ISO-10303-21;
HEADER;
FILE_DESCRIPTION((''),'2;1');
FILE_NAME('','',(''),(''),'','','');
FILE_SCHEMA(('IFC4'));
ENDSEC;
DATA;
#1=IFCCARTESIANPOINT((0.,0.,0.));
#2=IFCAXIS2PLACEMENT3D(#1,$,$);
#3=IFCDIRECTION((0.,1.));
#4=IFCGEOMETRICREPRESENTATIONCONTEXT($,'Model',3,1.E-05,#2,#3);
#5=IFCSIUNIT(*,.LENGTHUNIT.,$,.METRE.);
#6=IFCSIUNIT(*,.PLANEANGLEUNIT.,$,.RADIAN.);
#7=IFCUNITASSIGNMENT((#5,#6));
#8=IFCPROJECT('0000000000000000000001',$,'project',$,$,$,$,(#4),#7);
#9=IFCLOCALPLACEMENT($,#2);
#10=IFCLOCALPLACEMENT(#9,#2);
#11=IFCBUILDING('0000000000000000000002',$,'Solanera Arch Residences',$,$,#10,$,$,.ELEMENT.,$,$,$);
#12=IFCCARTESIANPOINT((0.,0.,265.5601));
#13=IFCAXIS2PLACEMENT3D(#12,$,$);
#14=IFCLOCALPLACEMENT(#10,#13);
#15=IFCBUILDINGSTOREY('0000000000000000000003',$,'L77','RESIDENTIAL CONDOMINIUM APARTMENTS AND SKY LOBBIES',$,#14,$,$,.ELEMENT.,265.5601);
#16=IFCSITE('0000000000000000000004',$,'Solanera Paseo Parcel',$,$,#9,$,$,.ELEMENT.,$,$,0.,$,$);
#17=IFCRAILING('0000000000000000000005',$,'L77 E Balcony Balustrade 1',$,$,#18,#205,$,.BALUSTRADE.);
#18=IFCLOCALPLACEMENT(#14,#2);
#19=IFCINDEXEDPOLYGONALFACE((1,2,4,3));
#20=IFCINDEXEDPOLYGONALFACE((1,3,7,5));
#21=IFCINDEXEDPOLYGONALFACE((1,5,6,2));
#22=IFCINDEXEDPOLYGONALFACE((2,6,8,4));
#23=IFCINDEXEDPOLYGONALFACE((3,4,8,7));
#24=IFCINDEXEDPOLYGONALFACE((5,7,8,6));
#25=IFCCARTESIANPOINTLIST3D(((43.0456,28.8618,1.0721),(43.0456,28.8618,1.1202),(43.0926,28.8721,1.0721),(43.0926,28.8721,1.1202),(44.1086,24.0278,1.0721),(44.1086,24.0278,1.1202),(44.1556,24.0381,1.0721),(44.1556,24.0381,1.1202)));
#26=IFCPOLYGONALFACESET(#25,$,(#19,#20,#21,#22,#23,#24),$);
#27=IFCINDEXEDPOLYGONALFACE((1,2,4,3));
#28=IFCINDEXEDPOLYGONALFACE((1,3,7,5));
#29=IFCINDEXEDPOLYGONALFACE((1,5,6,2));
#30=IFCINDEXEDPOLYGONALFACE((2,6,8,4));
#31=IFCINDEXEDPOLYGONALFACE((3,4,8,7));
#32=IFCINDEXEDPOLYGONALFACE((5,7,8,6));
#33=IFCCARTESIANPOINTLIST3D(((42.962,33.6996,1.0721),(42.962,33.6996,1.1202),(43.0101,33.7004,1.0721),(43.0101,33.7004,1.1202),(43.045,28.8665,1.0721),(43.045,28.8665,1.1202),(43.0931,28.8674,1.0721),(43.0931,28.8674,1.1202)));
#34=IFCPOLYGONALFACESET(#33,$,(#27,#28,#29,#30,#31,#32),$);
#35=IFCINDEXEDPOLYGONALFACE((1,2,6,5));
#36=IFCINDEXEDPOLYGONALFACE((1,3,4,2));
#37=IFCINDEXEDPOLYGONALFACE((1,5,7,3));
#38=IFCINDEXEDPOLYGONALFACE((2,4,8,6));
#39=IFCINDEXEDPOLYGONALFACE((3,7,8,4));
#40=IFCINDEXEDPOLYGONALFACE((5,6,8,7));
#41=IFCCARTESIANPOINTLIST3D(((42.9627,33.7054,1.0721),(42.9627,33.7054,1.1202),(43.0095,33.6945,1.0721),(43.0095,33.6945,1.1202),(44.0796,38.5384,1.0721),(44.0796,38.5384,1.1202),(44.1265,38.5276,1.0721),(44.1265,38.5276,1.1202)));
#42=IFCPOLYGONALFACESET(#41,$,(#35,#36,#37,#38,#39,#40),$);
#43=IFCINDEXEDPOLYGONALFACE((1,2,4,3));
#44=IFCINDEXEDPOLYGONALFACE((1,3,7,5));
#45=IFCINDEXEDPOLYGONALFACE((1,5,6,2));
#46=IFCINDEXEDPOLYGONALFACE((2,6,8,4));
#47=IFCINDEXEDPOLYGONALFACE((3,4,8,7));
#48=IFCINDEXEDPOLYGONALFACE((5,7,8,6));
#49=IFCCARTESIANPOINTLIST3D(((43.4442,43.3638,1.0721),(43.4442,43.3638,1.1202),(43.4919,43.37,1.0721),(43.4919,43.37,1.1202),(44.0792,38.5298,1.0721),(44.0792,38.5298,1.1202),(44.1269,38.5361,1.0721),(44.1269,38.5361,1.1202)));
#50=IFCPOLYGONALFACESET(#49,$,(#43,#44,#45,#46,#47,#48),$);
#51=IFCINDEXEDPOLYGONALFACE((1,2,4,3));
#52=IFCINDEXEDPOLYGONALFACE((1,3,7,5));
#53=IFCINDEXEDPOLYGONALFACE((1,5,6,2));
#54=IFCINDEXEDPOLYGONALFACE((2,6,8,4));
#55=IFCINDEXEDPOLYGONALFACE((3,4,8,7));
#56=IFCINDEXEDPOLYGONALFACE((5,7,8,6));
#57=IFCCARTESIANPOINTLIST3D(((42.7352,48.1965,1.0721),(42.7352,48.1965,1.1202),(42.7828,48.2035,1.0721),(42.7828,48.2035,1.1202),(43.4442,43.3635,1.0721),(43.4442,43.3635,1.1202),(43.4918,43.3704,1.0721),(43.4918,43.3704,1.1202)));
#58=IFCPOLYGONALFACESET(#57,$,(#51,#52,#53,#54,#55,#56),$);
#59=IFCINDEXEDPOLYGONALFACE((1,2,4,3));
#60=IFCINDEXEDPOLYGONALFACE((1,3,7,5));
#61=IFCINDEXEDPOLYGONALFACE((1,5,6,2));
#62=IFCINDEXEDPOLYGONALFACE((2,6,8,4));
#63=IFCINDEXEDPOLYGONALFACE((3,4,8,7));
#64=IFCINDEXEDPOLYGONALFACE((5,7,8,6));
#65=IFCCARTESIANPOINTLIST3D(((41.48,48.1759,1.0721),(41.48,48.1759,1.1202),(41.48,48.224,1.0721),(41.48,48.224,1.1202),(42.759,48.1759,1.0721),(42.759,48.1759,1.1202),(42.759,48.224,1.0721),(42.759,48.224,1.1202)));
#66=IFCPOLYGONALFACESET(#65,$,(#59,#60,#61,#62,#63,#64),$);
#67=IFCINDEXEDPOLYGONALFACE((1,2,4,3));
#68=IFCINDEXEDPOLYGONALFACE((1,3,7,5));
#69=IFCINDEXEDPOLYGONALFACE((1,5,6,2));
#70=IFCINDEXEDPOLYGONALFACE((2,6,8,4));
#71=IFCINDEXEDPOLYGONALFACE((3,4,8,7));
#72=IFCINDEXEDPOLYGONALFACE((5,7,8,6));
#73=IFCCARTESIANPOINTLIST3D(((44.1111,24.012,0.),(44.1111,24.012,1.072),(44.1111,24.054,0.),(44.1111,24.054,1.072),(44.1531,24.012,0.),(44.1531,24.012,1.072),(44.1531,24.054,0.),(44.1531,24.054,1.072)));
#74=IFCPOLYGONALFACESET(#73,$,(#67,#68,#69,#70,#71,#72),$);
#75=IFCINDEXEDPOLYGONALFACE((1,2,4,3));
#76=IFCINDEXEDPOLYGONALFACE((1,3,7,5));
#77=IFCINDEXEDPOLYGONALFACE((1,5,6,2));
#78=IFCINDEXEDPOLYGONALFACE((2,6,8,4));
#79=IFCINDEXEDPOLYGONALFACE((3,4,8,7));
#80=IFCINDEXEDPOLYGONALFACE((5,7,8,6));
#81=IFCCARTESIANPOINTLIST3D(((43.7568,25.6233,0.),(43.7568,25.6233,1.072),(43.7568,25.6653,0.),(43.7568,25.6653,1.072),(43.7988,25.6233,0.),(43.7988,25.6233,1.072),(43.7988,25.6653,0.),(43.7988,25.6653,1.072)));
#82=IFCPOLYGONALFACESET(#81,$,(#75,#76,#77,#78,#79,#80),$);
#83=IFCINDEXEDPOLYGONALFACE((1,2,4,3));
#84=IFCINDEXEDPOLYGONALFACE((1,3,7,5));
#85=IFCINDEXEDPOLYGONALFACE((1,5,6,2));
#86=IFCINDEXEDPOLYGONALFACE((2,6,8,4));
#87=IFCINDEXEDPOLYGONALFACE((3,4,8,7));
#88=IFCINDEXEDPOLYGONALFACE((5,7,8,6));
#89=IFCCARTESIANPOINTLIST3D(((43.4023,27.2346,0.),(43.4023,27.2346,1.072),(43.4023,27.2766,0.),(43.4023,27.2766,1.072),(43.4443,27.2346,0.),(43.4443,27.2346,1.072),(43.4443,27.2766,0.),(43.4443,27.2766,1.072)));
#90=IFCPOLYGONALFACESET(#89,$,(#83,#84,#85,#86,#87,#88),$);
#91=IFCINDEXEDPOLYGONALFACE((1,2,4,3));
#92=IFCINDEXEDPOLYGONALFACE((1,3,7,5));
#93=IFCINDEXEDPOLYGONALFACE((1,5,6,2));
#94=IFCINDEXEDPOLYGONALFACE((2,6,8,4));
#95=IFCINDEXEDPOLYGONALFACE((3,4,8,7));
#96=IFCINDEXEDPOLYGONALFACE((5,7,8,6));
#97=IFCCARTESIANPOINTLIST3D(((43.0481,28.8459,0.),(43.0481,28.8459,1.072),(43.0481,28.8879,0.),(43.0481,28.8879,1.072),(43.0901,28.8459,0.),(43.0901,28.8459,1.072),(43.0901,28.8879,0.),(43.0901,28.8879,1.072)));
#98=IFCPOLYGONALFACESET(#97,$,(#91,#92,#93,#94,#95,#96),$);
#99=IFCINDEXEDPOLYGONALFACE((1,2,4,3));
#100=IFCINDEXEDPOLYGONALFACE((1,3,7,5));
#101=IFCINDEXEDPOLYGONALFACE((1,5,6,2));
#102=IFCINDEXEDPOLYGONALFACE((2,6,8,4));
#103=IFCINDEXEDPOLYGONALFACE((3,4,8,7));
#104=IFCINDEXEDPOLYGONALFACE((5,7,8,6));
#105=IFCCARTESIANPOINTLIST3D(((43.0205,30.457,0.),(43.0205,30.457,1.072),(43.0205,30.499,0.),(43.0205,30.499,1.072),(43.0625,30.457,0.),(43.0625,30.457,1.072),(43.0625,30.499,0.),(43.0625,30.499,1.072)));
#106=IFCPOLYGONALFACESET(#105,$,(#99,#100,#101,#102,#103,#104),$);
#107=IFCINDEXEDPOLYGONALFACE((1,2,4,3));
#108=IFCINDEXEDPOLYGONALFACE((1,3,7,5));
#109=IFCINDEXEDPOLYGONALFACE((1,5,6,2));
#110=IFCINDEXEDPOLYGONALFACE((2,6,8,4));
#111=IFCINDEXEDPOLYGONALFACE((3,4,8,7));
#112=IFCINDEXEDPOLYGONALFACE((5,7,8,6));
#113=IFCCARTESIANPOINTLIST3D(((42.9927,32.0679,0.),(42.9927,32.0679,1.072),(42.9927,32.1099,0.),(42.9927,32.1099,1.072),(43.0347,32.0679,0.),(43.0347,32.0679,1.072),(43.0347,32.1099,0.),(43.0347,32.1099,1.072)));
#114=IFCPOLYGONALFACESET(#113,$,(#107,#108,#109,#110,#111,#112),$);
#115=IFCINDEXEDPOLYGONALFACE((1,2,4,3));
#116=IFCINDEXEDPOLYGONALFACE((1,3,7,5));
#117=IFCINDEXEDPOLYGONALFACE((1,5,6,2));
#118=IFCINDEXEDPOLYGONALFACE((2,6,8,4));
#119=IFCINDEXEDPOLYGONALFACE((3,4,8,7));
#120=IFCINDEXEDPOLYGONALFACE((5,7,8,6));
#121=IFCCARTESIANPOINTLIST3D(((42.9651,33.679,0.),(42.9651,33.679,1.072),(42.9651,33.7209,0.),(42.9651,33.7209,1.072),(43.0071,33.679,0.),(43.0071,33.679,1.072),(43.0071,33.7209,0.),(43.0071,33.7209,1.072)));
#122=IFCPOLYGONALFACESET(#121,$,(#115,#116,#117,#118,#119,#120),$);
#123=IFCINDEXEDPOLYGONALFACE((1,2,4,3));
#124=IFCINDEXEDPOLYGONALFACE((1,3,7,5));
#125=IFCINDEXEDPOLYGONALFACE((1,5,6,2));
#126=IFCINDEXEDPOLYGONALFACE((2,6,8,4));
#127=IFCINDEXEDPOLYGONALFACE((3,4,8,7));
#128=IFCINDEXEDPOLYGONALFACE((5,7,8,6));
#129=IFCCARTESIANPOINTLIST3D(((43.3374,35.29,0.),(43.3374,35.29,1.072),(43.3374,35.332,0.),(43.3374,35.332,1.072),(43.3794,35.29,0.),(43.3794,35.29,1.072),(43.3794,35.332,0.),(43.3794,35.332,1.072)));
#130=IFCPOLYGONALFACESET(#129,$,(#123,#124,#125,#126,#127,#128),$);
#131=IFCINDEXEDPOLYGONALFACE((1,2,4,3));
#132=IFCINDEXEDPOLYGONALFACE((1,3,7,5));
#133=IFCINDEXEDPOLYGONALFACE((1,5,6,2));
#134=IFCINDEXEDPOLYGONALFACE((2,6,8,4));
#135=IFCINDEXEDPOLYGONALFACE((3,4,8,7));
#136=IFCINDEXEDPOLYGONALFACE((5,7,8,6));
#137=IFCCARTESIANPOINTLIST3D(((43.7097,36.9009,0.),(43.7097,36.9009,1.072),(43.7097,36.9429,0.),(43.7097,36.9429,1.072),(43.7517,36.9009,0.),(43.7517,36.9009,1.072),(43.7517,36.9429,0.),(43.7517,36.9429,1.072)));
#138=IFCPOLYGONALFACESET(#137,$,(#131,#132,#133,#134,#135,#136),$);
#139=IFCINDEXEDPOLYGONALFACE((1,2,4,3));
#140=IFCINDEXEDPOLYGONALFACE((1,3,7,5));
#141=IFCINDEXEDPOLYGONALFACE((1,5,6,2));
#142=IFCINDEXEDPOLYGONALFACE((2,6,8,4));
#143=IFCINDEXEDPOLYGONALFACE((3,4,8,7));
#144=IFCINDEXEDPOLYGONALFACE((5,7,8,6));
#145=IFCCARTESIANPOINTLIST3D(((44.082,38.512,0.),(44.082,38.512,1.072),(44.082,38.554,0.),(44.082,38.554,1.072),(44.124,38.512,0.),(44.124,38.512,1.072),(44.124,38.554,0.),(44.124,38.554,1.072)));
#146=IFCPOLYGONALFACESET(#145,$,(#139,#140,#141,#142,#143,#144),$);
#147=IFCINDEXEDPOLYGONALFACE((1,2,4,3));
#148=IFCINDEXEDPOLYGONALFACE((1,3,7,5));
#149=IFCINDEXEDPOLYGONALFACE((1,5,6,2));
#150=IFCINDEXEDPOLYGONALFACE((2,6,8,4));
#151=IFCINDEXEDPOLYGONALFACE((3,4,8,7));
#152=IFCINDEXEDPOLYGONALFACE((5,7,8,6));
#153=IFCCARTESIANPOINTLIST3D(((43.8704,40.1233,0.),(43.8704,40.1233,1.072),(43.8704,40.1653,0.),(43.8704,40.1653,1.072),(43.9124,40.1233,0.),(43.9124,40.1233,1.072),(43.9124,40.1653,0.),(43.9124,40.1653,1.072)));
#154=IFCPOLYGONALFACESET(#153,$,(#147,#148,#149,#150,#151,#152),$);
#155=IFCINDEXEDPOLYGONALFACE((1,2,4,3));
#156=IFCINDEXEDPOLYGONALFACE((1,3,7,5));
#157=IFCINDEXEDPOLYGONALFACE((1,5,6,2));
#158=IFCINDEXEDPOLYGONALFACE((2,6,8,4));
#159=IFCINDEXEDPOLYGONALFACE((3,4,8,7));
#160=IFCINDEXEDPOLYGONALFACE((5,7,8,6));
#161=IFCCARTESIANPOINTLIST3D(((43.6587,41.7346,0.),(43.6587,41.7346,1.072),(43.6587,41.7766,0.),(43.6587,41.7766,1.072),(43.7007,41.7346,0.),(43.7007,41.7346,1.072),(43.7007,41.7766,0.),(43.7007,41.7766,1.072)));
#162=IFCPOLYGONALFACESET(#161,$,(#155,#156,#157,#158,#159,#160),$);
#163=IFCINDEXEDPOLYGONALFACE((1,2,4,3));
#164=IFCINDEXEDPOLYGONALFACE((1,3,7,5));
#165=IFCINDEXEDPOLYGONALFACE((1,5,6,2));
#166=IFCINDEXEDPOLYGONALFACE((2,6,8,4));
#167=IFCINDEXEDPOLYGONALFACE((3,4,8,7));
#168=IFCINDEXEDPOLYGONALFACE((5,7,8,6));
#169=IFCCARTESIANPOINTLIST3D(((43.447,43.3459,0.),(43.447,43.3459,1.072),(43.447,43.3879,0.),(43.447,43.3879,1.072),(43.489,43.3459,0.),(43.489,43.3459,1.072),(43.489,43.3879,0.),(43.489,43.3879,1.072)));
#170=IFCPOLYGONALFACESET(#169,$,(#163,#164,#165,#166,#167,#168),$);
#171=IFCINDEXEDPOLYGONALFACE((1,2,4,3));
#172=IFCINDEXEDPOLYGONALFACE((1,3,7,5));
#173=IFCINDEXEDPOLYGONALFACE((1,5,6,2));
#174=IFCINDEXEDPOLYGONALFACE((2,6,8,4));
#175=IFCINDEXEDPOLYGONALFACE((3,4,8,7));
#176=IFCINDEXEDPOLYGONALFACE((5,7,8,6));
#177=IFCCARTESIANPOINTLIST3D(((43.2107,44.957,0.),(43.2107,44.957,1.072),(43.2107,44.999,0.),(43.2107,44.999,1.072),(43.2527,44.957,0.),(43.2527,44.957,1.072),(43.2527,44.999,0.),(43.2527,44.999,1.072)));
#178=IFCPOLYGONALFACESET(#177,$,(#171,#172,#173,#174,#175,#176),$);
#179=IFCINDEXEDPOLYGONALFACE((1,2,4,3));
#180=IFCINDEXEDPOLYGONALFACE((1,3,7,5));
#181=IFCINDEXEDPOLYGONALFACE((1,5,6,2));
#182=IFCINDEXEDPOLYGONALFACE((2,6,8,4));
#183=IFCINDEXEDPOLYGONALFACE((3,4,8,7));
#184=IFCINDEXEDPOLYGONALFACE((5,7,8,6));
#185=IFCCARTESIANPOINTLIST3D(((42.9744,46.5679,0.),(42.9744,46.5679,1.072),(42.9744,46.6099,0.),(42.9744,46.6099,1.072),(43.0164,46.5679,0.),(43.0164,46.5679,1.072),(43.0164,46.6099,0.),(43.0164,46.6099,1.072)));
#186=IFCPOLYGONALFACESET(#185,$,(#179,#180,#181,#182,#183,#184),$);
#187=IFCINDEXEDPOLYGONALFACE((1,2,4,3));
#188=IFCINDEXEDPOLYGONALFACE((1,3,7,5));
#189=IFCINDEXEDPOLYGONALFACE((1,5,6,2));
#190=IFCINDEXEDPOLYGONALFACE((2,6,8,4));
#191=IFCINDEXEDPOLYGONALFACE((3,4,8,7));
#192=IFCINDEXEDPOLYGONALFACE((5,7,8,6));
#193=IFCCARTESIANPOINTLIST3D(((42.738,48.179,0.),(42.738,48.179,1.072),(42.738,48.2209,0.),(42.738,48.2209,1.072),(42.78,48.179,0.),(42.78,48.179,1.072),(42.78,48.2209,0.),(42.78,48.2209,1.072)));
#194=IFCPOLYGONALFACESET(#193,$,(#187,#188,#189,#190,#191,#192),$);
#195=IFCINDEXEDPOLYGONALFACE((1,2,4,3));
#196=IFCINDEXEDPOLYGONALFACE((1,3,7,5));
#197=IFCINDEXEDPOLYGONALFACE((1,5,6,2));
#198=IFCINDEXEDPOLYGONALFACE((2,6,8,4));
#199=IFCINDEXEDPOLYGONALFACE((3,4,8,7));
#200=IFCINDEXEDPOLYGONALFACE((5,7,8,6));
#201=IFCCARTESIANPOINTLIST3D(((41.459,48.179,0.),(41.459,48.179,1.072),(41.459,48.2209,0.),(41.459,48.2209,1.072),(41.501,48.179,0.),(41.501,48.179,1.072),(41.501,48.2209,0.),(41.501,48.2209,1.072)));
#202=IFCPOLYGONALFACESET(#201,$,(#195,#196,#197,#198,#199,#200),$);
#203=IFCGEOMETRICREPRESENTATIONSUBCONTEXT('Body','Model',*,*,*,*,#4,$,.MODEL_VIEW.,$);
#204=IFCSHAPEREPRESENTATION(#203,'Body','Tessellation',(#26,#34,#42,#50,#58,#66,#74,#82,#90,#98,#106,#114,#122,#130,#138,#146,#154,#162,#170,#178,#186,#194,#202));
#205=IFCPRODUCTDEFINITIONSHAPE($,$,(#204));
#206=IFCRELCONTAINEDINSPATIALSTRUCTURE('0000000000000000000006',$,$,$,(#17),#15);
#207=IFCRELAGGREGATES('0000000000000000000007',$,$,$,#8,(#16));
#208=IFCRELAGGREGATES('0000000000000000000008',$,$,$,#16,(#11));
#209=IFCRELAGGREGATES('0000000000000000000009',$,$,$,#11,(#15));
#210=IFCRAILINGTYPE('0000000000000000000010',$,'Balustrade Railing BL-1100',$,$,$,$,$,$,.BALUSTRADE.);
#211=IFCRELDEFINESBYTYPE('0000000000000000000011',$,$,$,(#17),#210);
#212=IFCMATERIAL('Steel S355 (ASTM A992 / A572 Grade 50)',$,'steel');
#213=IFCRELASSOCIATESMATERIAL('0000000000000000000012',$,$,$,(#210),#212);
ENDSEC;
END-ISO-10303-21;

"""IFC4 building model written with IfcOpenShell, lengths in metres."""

from ifc_helpers import new_model, si_unit, direction, frame, origin, origin_2d, place, context, subcontext, project, spatial, rectangle, extrude, material, type_object, element, save


model = new_model("IFC4")

# Units and contexts
model_context = context("Model", 3, precision=1e-05, world=origin(), true_north=direction((0.0, 1.0)))
body_context = subcontext(model_context, "Body", "Model", "MODEL_VIEW")
ifc_project = project(units=[si_unit("LENGTHUNIT", "METRE"), si_unit("PLANEANGLEUNIT", "RADIAN")], contexts=[model_context])

# Site, building, storey
site_placement = place(None, origin())
site = spatial("IfcSite", under=ifc_project, at=site_placement, Name="Solanera Paseo Parcel", CompositionType="ELEMENT", RefElevation=0.0)
building_placement = place(site_placement, origin())
building = spatial("IfcBuilding", under=site, at=building_placement, Name="Solanera Arch Residences", CompositionType="ELEMENT")
storey_placement = place(building_placement, frame((0.0, 0.0, 265.5601)))
storey = spatial("IfcBuildingStorey", under=building, at=storey_placement, Name="L77", Description="RESIDENTIAL CONDOMINIUM APARTMENTS AND SKY LOBBIES", CompositionType="ELEMENT", Elevation=265.5601)

# Railing
ifc_material_1 = material(Name="Steel S355 (ASTM A992 / A572 Grade 50)", Category="steel")
railing_type = type_object("IfcRailingType", Name="Balustrade Railing BL-1100", PredefinedType="BALUSTRADE", material=ifc_material_1)
railing_1_placement = place(storey_placement, frame((44.1321, 24.033, 0.0)))
element("IfcRailing", 1, at=railing_1_placement, inside=storey, type_object=railing_type, Name="L77 E Balcony Balustrade 1", PredefinedType="BALUSTRADE", context=body_context, shape_type="SweptSolid", body=[
    extrude(rectangle(XDim=0.0481, YDim=0.0481, at=origin_2d()), frame((0.0, 0.0, 1.0962), z_axis=(-0.214768, 0.976665, 0.0), x_axis=(-0.976665, -0.214768, 0.0)), (0.0, 0.0, 1.0), 4.9495),
    extrude(rectangle(XDim=0.0481, YDim=0.0481, at=origin_2d()), frame((-1.063, 4.834, 1.0962), z_axis=(-0.017173, 0.999853, 0.0), x_axis=(-0.999853, -0.017173, 0.0)), (0.0, 0.0, 1.0), 4.8337),
    extrude(rectangle(XDim=0.0481, YDim=0.0481, at=origin_2d()), frame((-1.146, 9.667, 1.0962), z_axis=(0.225172, 0.974319, 0.0), x_axis=(-0.974319, 0.225172, 0.0)), (0.0, 0.0, 1.0), 4.9604),
    extrude(rectangle(XDim=0.0481, YDim=0.0481, at=origin_2d()), frame((-0.0291, 14.5, 1.0962), z_axis=(-0.130245, 0.991482, 0.0), x_axis=(-0.991482, -0.130245, 0.0)), (0.0, 0.0, 1.0), 4.8755),
    extrude(rectangle(XDim=0.0481, YDim=0.0481, at=origin_2d()), frame((-0.6641, 19.334, 1.0962), z_axis=(-0.145143, 0.989411, 0.0), x_axis=(-0.989411, -0.145143, 0.0)), (0.0, 0.0, 1.0), 4.8848),
    extrude(rectangle(XDim=0.0481, YDim=0.0481, at=origin_2d()), frame((-1.373, 24.167, 1.0962), z_axis=(-1.0, 0.0, 0.0), x_axis=(0.0, -1.0, 0.0)), (0.0, 0.0, 1.0), 1.2791),
    extrude(rectangle(XDim=0.042, YDim=0.042, at=origin_2d()), origin(), (0.0, 0.0, 1.0), 1.072),
    extrude(rectangle(XDim=0.042, YDim=0.042, at=origin_2d()), frame((-0.3542, 1.6113, 0.0)), (0.0, 0.0, 1.0), 1.072),
    extrude(rectangle(XDim=0.042, YDim=0.042, at=origin_2d()), frame((-0.7087, 3.2227, 0.0)), (0.0, 0.0, 1.0), 1.072),
    extrude(rectangle(XDim=0.042, YDim=0.042, at=origin_2d()), frame((-1.063, 4.834, 0.0)), (0.0, 0.0, 1.0), 1.072),
    extrude(rectangle(XDim=0.042, YDim=0.042, at=origin_2d()), frame((-1.0906, 6.4451, 0.0)), (0.0, 0.0, 1.0), 1.072),
    extrude(rectangle(XDim=0.042, YDim=0.042, at=origin_2d()), frame((-1.1184, 8.0559, 0.0)), (0.0, 0.0, 1.0), 1.072),
    extrude(rectangle(XDim=0.042, YDim=0.042, at=origin_2d()), frame((-1.146, 9.667, 0.0)), (0.0, 0.0, 1.0), 1.072),
    extrude(rectangle(XDim=0.042, YDim=0.042, at=origin_2d()), frame((-0.7737, 11.2781, 0.0)), (0.0, 0.0, 1.0), 1.072),
    extrude(rectangle(XDim=0.042, YDim=0.042, at=origin_2d()), frame((-0.4014, 12.8889, 0.0)), (0.0, 0.0, 1.0), 1.072),
    extrude(rectangle(XDim=0.042, YDim=0.042, at=origin_2d()), frame((-0.0291, 14.5, 0.0)), (0.0, 0.0, 1.0), 1.072),
    extrude(rectangle(XDim=0.042, YDim=0.042, at=origin_2d()), frame((-0.2407, 16.1113, 0.0)), (0.0, 0.0, 1.0), 1.072),
    extrude(rectangle(XDim=0.042, YDim=0.042, at=origin_2d()), frame((-0.4524, 17.7227, 0.0)), (0.0, 0.0, 1.0), 1.072),
    extrude(rectangle(XDim=0.042, YDim=0.042, at=origin_2d()), frame((-0.6641, 19.334, 0.0)), (0.0, 0.0, 1.0), 1.072),
    extrude(rectangle(XDim=0.042, YDim=0.042, at=origin_2d()), frame((-0.9004, 20.9451, 0.0)), (0.0, 0.0, 1.0), 1.072),
    extrude(rectangle(XDim=0.042, YDim=0.042, at=origin_2d()), frame((-1.1367, 22.5559, 0.0)), (0.0, 0.0, 1.0), 1.072),
    extrude(rectangle(XDim=0.042, YDim=0.042, at=origin_2d()), frame((-1.373, 24.167, 0.0)), (0.0, 0.0, 1.0), 1.072),
    extrude(rectangle(XDim=0.042, YDim=0.042, at=origin_2d()), frame((-2.6521, 24.167, 0.0)), (0.0, 0.0, 1.0), 1.072),
])

save(model, "model.ifc")
